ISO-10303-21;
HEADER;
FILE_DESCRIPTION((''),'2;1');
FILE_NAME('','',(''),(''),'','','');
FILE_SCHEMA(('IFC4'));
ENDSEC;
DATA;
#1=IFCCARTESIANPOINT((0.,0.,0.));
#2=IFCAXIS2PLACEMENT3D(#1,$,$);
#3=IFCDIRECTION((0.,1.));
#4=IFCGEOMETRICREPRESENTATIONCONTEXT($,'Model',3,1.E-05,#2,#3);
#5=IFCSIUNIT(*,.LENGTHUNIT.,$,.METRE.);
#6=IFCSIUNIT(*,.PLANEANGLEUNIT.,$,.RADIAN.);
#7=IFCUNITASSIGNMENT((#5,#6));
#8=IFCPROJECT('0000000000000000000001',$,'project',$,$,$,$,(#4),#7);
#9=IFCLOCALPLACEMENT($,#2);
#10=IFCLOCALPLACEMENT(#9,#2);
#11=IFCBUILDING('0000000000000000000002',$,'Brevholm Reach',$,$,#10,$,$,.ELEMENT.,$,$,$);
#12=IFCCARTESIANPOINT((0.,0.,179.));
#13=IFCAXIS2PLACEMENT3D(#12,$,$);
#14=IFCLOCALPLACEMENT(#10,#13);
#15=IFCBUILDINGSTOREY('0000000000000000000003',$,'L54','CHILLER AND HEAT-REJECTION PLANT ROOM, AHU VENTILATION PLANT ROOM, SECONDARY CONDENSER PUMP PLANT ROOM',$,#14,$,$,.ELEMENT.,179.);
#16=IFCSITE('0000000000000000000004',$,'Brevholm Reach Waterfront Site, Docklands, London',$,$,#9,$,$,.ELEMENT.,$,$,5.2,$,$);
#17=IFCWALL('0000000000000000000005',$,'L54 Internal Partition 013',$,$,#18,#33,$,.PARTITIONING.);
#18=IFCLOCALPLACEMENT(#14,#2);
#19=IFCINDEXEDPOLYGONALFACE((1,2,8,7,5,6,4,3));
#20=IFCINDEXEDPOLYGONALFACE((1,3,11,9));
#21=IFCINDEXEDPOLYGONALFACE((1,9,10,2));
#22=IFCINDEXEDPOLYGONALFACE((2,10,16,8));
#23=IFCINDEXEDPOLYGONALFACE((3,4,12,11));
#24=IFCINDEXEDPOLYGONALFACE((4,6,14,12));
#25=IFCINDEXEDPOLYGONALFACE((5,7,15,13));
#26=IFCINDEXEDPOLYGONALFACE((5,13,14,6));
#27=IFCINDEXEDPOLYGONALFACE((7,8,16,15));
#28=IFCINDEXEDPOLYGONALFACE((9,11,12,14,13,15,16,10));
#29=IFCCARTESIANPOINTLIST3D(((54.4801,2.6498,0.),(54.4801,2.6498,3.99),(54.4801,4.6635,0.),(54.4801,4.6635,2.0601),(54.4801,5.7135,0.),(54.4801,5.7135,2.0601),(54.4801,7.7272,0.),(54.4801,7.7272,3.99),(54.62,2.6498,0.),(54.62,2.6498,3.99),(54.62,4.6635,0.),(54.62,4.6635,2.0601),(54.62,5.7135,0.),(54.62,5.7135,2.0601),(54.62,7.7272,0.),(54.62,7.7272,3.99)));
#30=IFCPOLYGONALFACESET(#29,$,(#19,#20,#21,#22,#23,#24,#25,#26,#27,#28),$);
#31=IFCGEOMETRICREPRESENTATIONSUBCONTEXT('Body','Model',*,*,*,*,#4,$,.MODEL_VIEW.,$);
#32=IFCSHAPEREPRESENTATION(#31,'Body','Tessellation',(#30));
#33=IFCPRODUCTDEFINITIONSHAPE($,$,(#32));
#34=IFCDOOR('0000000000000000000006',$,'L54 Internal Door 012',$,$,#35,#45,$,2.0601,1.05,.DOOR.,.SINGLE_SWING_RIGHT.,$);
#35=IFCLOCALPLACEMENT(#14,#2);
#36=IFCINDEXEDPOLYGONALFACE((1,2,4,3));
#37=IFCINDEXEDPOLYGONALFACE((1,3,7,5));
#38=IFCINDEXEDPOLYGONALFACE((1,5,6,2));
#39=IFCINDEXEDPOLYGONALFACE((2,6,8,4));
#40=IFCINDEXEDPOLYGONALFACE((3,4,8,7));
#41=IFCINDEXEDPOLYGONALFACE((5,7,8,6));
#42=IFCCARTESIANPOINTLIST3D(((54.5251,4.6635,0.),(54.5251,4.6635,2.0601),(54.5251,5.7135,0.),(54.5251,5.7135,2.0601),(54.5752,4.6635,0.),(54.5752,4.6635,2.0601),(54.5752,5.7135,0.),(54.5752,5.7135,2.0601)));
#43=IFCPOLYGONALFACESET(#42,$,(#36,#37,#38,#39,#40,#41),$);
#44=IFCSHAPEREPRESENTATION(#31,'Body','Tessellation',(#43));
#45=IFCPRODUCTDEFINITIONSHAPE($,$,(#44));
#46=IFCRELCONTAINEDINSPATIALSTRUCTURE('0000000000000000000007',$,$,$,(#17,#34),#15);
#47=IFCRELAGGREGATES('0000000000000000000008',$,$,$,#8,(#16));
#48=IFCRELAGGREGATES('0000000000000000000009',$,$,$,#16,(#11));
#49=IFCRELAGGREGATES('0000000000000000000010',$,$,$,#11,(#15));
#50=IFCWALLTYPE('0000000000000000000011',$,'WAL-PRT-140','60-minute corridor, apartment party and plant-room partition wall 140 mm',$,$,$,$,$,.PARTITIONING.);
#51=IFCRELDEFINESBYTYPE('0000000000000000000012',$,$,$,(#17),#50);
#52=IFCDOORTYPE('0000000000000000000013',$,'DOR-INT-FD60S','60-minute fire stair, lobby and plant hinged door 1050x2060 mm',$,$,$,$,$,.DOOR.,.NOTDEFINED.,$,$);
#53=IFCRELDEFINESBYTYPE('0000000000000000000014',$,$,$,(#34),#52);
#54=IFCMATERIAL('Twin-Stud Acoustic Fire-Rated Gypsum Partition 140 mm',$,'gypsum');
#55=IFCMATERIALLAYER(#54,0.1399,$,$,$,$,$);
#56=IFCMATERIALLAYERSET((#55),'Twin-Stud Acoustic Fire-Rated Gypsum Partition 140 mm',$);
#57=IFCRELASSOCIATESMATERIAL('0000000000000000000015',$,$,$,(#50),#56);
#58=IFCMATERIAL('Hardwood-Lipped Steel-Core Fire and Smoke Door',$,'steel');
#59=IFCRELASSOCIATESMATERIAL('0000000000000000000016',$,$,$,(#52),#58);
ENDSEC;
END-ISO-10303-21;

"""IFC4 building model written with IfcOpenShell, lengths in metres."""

from ifc_helpers import new_model, si_unit, direction, frame, frame_2d, origin, place, context, subcontext, project, spatial, rectangle, extrude, material, layer, layer_set, type_object, element, fill, save


model = new_model("IFC4")

# Units and contexts
model_context = context("Model", 3, precision=1e-05, world=origin(), true_north=direction((0.0, 1.0)))
body_context = subcontext(model_context, "Body", "Model", "MODEL_VIEW")
ifc_project = project(units=[si_unit("LENGTHUNIT", "METRE"), si_unit("PLANEANGLEUNIT", "RADIAN")], contexts=[model_context])

# Site, building, storey
site_placement = place(None, origin())
site = spatial("IfcSite", under=ifc_project, at=site_placement, Name="Brevholm Reach Waterfront Site, Docklands, London", CompositionType="ELEMENT", RefElevation=5.2)
building_placement = place(site_placement, origin())
building = spatial("IfcBuilding", under=site, at=building_placement, Name="Brevholm Reach", CompositionType="ELEMENT")
storey_placement = place(building_placement, frame((0.0, 0.0, 179.0)))
storey = spatial("IfcBuildingStorey", under=building, at=storey_placement, Name="L54", Description="CHILLER AND HEAT-REJECTION PLANT ROOM, AHU VENTILATION PLANT ROOM, SECONDARY CONDENSER PUMP PLANT ROOM", CompositionType="ELEMENT", Elevation=179.0)

# Wall, opening, door
ifc_material_1 = material(Name="Twin-Stud Acoustic Fire-Rated Gypsum Partition 140 mm", Category="gypsum")
ifc_layer_1 = layer(ifc_material_1, 0.1399)
ifc_layer_set_1 = layer_set([ifc_layer_1], Name="Twin-Stud Acoustic Fire-Rated Gypsum Partition 140 mm")
wall_type_1 = type_object("IfcWallType", Name="WAL-PRT-140", Description="60-minute corridor, apartment party and plant-room partition wall 140 mm", PredefinedType="PARTITIONING", material=ifc_layer_set_1)
wall_1_placement = place(storey_placement, frame((54.55, 2.6499, 0.0), z_axis=(0.0, 0.0, 1.0), x_axis=(0.0, 1.0, 0.0)))
wall_1 = element("IfcWall", 1, at=wall_1_placement, inside=storey, type_object=wall_type_1, Name="L54 Internal Partition 013", PredefinedType="PARTITIONING", context=body_context, shape_type="SweptSolid", body=[
    extrude(rectangle(XDim=5.0774, YDim=0.1399, at=frame_2d((2.5386, 0.0))), origin(), (0.0, 0.0, 1.0), 3.99),
])
opening_1_placement = place(wall_1_placement, frame((2.0137, 0.0, 0.0)))
opening_1 = element("IfcOpeningElement", 2, at=opening_1_placement, cuts=wall_1, PredefinedType="OPENING", context=body_context, shape_type="SweptSolid", body=[
    extrude(rectangle(XDim=1.05, YDim=2.0601, at=frame_2d((0.5249, 1.03))), frame((0.0, 0.0798, 0.0), z_axis=(0.0, -1.0, 0.0), x_axis=(1.0, 0.0, 0.0)), (0.0, 0.0, 1.0), 0.1599),
])
ifc_material_2 = material(Name="Hardwood-Lipped Steel-Core Fire and Smoke Door", Category="steel")
door_type_1 = type_object("IfcDoorType", Name="DOR-INT-FD60S", Description="60-minute fire stair, lobby and plant hinged door 1050x2060 mm", OperationType="NOTDEFINED", PredefinedType="DOOR", material=ifc_material_2)
door_1_placement = place(opening_1_placement, origin())
door_1 = element("IfcDoor", 3, at=door_1_placement, inside=storey, type_object=door_type_1, Name="L54 Internal Door 012", OperationType="SINGLE_SWING_RIGHT", OverallHeight=2.0601, OverallWidth=1.05, PredefinedType="DOOR", context=body_context, shape_type="SweptSolid", body=[
    extrude(rectangle(XDim=1.05, YDim=2.0601, at=frame_2d((0.5249, 1.03))), frame((0.0, 0.0249, 0.0), z_axis=(0.0, -1.0, 0.0), x_axis=(1.0, 0.0, 0.0)), (0.0, 0.0, 1.0), 0.05),
])
fill(opening_1, door_1)

save(model, "model.ifc")
